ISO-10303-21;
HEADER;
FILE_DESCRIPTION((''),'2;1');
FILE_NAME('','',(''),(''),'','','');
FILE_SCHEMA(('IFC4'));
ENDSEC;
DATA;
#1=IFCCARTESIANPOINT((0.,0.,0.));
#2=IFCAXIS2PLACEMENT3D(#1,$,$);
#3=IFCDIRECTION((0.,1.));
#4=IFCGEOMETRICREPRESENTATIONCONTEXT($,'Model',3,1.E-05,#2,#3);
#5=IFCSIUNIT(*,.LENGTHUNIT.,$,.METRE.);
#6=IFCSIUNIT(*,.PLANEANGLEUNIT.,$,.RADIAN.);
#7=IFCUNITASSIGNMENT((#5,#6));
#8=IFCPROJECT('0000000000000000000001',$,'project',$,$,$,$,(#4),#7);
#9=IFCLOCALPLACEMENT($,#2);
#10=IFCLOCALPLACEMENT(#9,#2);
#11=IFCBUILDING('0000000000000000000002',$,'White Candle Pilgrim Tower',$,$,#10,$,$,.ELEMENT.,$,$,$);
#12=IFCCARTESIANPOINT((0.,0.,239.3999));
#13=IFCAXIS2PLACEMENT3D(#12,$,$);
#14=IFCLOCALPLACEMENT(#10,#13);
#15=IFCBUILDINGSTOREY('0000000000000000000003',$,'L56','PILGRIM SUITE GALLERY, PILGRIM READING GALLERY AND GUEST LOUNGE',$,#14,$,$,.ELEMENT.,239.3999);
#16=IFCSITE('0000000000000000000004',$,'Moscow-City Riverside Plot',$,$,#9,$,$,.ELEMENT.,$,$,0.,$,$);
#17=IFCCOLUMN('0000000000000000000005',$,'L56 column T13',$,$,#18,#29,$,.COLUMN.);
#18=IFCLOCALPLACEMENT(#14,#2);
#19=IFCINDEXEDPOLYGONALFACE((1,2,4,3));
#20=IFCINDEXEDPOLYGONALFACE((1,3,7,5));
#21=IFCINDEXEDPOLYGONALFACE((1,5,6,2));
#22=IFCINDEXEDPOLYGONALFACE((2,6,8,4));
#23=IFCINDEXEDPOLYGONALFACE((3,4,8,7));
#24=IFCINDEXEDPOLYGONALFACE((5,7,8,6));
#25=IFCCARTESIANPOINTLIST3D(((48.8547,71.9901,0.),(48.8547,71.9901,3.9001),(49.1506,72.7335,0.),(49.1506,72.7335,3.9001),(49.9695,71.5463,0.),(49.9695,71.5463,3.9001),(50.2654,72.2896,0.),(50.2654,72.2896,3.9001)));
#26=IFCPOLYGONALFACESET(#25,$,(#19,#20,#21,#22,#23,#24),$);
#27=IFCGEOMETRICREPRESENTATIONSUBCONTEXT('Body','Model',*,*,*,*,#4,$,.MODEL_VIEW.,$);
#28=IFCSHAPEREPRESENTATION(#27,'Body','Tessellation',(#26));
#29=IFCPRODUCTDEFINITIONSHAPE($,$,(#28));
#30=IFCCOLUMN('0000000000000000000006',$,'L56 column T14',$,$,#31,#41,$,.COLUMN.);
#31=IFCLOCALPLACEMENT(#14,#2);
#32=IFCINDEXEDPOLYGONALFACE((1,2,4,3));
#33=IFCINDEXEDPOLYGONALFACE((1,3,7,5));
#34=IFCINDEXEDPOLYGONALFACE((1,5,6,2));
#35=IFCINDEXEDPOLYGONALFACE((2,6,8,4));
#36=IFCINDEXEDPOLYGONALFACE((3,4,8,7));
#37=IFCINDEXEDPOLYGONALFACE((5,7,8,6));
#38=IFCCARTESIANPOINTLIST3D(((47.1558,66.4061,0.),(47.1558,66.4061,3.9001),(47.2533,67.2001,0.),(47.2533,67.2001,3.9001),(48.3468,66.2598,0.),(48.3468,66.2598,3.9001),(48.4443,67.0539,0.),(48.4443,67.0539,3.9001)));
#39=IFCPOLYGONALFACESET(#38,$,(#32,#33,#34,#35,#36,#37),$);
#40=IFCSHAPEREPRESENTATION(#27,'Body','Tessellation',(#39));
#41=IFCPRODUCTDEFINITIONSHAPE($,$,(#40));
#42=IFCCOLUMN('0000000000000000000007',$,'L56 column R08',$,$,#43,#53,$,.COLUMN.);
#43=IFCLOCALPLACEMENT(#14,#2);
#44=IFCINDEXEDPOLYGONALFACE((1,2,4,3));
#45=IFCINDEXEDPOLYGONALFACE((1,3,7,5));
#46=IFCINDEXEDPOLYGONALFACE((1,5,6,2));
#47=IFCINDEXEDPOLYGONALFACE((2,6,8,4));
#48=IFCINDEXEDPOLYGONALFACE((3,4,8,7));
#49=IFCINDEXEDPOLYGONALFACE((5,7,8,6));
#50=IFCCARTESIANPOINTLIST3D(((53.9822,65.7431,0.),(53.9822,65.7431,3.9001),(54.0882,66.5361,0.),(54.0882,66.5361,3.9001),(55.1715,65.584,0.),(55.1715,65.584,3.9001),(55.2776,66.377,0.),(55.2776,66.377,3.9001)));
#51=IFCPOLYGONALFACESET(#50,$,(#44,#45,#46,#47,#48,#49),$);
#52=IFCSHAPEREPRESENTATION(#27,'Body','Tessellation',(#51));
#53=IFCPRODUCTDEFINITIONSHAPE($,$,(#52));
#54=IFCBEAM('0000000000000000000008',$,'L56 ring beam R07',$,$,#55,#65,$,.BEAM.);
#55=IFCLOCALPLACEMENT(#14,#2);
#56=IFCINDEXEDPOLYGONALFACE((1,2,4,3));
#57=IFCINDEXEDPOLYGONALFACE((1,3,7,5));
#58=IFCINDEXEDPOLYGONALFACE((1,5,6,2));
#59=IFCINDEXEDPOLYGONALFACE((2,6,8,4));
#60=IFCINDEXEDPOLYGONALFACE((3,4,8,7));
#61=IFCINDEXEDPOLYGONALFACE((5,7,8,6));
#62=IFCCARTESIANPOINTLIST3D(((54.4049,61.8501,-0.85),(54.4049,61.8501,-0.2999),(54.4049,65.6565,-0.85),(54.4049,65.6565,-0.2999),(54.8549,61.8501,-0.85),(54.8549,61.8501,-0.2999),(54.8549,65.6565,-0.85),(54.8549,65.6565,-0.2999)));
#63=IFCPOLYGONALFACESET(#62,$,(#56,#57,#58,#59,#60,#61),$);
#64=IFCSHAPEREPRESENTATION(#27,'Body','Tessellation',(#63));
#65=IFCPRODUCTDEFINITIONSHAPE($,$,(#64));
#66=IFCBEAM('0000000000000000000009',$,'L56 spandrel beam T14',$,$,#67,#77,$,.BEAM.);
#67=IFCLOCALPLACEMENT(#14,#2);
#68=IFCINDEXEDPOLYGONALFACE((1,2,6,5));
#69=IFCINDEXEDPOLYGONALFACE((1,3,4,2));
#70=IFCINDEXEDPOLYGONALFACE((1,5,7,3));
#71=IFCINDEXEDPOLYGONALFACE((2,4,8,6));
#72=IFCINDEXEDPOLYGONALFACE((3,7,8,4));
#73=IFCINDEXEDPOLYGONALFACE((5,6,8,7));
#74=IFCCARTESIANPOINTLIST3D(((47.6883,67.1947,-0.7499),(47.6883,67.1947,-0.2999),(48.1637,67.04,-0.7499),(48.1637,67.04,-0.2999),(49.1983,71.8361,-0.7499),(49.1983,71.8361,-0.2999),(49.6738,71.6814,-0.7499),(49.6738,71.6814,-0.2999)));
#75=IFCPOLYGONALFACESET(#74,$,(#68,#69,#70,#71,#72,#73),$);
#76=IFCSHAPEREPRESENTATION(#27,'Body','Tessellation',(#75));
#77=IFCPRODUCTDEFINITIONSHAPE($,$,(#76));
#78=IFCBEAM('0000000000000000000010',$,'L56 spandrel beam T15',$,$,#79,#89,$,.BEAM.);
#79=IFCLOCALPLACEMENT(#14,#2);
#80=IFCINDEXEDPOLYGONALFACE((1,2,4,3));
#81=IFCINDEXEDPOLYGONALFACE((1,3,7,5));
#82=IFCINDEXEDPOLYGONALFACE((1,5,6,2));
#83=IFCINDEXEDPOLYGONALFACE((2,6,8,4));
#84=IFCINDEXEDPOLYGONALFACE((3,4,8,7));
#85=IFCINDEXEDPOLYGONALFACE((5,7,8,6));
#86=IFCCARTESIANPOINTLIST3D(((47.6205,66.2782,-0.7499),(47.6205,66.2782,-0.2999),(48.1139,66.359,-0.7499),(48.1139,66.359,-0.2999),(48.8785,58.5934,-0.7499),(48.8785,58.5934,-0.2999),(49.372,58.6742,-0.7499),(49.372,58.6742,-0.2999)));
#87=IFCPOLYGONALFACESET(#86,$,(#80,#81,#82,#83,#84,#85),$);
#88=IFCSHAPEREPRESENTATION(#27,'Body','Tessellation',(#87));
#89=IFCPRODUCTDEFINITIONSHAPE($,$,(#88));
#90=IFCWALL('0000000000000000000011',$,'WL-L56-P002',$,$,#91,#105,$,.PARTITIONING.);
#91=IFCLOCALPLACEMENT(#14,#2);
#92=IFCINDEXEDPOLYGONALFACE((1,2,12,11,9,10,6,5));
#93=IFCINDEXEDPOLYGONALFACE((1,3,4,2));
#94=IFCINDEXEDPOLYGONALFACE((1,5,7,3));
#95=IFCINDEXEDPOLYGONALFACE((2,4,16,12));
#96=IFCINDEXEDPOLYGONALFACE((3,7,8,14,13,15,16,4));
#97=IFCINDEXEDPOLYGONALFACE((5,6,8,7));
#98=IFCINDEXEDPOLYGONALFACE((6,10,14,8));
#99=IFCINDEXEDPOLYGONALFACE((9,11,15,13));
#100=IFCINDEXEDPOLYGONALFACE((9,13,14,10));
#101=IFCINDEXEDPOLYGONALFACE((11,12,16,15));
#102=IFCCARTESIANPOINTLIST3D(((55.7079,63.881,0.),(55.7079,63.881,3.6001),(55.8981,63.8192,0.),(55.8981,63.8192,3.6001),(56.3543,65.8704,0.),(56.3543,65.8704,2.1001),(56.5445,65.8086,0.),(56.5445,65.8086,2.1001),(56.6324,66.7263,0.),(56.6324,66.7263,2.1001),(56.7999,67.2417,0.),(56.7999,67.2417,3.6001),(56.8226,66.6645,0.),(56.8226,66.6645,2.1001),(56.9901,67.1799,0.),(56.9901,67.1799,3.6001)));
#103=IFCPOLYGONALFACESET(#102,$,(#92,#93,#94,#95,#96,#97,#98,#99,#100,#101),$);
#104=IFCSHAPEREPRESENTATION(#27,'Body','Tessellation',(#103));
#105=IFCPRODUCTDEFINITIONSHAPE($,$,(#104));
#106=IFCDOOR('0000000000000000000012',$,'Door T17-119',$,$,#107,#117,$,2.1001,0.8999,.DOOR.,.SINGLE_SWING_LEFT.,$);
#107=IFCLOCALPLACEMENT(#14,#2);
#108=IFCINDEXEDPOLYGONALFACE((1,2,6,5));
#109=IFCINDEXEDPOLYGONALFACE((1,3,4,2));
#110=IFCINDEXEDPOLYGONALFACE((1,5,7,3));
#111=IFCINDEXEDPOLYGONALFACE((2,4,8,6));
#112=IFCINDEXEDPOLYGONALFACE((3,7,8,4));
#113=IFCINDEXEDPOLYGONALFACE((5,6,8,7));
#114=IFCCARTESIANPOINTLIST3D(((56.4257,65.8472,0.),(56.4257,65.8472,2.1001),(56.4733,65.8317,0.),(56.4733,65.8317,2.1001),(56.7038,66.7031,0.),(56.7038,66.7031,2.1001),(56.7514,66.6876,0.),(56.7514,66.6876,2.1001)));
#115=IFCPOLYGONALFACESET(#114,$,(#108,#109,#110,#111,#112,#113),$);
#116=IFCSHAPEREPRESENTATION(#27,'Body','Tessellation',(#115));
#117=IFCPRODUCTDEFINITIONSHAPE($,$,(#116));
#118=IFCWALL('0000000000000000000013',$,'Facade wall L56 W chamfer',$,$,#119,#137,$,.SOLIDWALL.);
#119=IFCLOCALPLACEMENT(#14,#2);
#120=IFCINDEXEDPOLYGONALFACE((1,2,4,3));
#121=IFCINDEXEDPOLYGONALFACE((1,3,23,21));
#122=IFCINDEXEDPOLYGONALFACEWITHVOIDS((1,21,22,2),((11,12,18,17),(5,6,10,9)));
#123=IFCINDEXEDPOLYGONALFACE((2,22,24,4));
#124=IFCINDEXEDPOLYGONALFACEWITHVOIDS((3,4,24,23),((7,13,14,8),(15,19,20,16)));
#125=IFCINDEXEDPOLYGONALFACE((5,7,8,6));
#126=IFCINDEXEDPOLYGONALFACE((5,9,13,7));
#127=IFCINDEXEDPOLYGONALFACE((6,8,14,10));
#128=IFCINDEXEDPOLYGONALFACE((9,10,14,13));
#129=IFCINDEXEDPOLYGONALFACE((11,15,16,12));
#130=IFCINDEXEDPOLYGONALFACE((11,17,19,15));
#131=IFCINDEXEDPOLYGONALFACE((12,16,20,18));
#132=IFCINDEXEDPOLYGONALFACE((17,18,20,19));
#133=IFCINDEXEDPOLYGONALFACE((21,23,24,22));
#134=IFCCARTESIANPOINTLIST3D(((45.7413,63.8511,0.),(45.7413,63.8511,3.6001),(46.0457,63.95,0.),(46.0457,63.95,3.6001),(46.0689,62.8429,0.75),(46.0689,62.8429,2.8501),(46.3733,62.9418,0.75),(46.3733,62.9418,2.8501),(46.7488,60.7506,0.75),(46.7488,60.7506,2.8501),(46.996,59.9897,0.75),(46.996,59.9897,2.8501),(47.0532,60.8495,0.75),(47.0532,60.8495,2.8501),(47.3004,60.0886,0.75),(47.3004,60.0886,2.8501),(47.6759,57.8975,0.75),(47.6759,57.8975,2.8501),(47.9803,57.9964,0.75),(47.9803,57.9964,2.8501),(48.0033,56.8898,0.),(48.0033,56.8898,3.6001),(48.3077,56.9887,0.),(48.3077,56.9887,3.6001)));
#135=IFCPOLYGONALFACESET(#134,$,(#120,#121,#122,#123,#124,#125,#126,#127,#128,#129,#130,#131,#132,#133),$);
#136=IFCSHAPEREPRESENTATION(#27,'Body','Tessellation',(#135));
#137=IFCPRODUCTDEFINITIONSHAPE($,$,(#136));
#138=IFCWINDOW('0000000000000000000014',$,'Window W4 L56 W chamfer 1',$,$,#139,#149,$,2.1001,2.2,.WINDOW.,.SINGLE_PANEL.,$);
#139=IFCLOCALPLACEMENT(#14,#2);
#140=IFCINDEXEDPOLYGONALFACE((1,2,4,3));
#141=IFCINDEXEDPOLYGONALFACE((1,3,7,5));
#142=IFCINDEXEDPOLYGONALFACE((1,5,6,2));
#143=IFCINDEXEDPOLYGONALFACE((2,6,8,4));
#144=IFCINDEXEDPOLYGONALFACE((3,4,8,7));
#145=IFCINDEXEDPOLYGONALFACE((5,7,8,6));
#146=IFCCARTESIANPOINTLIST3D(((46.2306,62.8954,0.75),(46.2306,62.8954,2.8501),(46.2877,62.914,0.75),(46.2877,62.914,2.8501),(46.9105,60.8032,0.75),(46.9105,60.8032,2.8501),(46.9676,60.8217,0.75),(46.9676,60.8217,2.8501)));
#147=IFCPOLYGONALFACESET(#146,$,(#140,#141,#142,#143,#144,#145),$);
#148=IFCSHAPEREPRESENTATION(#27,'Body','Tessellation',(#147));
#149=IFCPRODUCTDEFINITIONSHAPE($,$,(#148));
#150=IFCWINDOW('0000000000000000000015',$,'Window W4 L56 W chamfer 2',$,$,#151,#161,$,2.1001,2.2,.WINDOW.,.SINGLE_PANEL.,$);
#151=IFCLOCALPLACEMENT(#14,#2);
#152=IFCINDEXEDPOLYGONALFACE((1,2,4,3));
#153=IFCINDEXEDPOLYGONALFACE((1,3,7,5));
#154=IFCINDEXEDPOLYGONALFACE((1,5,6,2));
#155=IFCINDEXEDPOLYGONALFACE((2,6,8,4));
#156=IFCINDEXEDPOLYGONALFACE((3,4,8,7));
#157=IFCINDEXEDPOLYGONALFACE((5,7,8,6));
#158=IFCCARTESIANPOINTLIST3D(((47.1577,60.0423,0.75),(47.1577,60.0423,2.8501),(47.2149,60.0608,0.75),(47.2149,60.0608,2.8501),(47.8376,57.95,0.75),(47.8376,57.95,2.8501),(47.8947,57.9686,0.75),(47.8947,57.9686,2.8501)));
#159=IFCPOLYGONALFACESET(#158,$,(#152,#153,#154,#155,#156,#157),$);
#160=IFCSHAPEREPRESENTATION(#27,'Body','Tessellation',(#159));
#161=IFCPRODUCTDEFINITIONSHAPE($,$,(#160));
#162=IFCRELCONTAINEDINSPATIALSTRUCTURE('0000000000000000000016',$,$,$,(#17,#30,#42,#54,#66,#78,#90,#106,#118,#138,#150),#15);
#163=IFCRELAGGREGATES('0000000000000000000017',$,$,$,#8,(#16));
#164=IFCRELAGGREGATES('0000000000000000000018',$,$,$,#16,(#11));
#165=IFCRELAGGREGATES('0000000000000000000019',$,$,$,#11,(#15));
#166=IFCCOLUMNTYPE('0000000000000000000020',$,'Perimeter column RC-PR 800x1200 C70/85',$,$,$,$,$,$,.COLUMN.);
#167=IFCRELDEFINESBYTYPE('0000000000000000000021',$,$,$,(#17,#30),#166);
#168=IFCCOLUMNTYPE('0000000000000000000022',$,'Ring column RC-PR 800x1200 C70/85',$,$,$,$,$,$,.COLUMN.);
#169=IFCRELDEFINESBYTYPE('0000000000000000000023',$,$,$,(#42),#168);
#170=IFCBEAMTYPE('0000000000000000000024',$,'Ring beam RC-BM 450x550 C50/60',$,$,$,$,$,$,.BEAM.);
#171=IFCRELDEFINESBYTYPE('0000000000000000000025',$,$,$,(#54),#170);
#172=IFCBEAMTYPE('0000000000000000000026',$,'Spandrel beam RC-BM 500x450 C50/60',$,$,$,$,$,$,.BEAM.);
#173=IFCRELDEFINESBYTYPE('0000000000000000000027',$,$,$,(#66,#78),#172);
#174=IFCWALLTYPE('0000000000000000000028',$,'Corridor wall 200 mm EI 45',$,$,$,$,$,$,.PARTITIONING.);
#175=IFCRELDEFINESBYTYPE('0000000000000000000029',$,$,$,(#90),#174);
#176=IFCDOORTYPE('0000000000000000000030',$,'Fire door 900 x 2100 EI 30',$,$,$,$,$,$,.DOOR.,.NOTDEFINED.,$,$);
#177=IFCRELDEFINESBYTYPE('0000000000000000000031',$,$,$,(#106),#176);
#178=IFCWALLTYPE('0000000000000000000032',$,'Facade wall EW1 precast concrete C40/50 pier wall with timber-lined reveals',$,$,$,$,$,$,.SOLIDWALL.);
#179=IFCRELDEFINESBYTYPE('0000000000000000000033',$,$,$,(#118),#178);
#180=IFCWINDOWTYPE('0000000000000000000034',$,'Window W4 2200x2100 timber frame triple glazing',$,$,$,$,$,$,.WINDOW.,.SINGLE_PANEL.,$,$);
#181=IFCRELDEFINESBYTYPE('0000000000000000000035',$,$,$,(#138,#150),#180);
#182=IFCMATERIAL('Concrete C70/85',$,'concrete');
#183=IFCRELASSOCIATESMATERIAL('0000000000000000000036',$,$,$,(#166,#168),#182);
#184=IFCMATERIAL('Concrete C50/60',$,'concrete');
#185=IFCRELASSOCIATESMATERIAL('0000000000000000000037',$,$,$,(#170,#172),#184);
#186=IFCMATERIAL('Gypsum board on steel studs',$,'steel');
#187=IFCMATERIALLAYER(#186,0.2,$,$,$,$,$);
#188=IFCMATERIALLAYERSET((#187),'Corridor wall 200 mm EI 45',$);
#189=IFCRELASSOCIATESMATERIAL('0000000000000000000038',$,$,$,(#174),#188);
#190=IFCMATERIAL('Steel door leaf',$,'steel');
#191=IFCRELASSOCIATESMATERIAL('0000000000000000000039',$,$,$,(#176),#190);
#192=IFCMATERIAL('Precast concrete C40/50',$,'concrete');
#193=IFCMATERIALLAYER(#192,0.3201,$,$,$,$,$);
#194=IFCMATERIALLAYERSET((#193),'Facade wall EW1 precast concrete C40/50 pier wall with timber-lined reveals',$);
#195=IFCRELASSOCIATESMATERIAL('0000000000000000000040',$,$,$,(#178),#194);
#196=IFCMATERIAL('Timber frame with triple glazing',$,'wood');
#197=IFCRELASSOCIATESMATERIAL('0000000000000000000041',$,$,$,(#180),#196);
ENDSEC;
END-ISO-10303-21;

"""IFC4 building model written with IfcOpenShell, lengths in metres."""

from ifc_helpers import new_model, si_unit, direction, frame, frame_2d, origin, origin_2d, place, context, subcontext, project, spatial, rectangle, extrude, material, layer, layer_set, material_profile, profile_set, type_object, element, fill, save


model = new_model("IFC4")

# Units and contexts
model_context = context("Model", 3, precision=1e-05, world=origin(), true_north=direction((0.0, 1.0)))
body_context = subcontext(model_context, "Body", "Model", "MODEL_VIEW")
ifc_project = project(units=[si_unit("LENGTHUNIT", "METRE"), si_unit("PLANEANGLEUNIT", "RADIAN")], contexts=[model_context])

# Site, building, storey
site_placement = place(None, origin())
site = spatial("IfcSite", under=ifc_project, at=site_placement, Name="Moscow-City Riverside Plot", CompositionType="ELEMENT", RefElevation=0.0)
building_placement = place(site_placement, origin())
building = spatial("IfcBuilding", under=site, at=building_placement, Name="White Candle Pilgrim Tower", CompositionType="ELEMENT")
storey_placement = place(building_placement, frame((0.0, 0.0, 239.3999)))
storey = spatial("IfcBuildingStorey", under=building, at=storey_placement, Name="L56", Description="PILGRIM SUITE GALLERY, PILGRIM READING GALLERY AND GUEST LOUNGE", CompositionType="ELEMENT", Elevation=239.3999)

# Columns
ifc_material_1 = material(Name="Concrete C70/85", Category="concrete")
ifc_material_profile_1 = material_profile(ifc_material_1, rectangle(XDim=0.8, YDim=1.2, at=origin_2d()), Name="RC-PR 800x1200")
ifc_profile_set_1 = profile_set([ifc_material_profile_1], Name="Concrete C70/85")
column_type_1 = type_object("IfcColumnType", Name="Perimeter column RC-PR 800x1200 C70/85", PredefinedType="COLUMN", material=ifc_profile_set_1)
for number, where, z_axis, x_axis, name in (
    (1, (49.5601, 72.1399, 0.0), (0.0, 0.0, 1.0), (0.36986, 0.929087, 0.0), "L56 column T13"),
    (2, (47.8, 66.73, 0.0), (0.0, 0.0, 1.0), (0.121869, 0.992546, 0.0), "L56 column T14"),
):
    element("IfcColumn", number, at=place(storey_placement, frame(where, z_axis=z_axis, x_axis=x_axis)), inside=storey, type_object=column_type_1, Name=name, PredefinedType="COLUMN", context=body_context, shape_type="SweptSolid", body=[
        extrude(rectangle(XDim=0.8, YDim=1.2, at=origin_2d()), origin(), (0.0, 0.0, 1.0), 3.9001),
    ])
ifc_material_profile_2 = material_profile(ifc_material_1, rectangle(XDim=0.8, YDim=1.2, at=origin_2d()), Name="RC-PR 800x1200")
ifc_profile_set_2 = profile_set([ifc_material_profile_2], Name="Concrete C70/85")
column_type_2 = type_object("IfcColumnType", Name="Ring column RC-PR 800x1200 C70/85", PredefinedType="COLUMN", material=ifc_profile_set_2)
column_placement = place(storey_placement, frame((54.6299, 66.0601, 0.0), z_axis=(0.0, 0.0, 1.0), x_axis=(0.132602, 0.991169, 0.0)))
element("IfcColumn", 3, at=column_placement, inside=storey, type_object=column_type_2, Name="L56 column R08", PredefinedType="COLUMN", context=body_context, shape_type="SweptSolid", body=[
    extrude(rectangle(XDim=0.8, YDim=1.2, at=origin_2d()), origin(), (0.0, 0.0, 1.0), 3.9001),
])

# Beams
ifc_material_2 = material(Name="Concrete C50/60", Category="concrete")
ifc_material_profile_3 = material_profile(ifc_material_2, rectangle(XDim=0.45, YDim=0.55, at=origin_2d()), Name="RC-BM 450x550")
ifc_profile_set_3 = profile_set([ifc_material_profile_3], Name="Concrete C50/60")
beam_type_1 = type_object("IfcBeamType", Name="Ring beam RC-BM 450x550 C50/60", PredefinedType="BEAM", material=ifc_profile_set_3)
beam_1_placement = place(storey_placement, frame((54.6299, 65.6565, -0.575), z_axis=(0.0, -1.0, 0.0), x_axis=(1.0, 0.0, 0.0)))
element("IfcBeam", 4, at=beam_1_placement, inside=storey, type_object=beam_type_1, Name="L56 ring beam R07", PredefinedType="BEAM", context=body_context, shape_type="SweptSolid", body=[
    extrude(rectangle(XDim=0.45, YDim=0.55, at=origin_2d()), origin(), (0.0, 0.0, 1.0), 3.8064),
])
ifc_material_profile_4 = material_profile(ifc_material_2, rectangle(XDim=0.5, YDim=0.45, at=origin_2d()), Name="RC-BM 500x450")
ifc_profile_set_4 = profile_set([ifc_material_profile_4], Name="Concrete C50/60")
beam_type_2 = type_object("IfcBeamType", Name="Spandrel beam RC-BM 500x450 C50/60", PredefinedType="BEAM", material=ifc_profile_set_4)
beam_2_placement = place(storey_placement, frame((49.436, 71.7588, -0.5249), z_axis=(-0.309377, -0.95094, 0.0), x_axis=(0.95094, -0.309377, 0.0)))
element("IfcBeam", 5, at=beam_2_placement, inside=storey, type_object=beam_type_2, Name="L56 spandrel beam T14", PredefinedType="BEAM", context=body_context, shape_type="SweptSolid", body=[
    extrude(rectangle(XDim=0.5, YDim=0.45, at=origin_2d()), origin(), (0.0, 0.0, 1.0), 4.8809),
])
beam_3_placement = place(storey_placement, frame((47.8672, 66.3186, -0.5249), z_axis=(0.161556, -0.986863, 0.0), x_axis=(0.986863, 0.161556, 0.0)))
element("IfcBeam", 6, at=beam_3_placement, inside=storey, type_object=beam_type_2, Name="L56 spandrel beam T15", PredefinedType="BEAM", context=body_context, shape_type="SweptSolid", body=[
    extrude(rectangle(XDim=0.5, YDim=0.45, at=origin_2d()), origin(), (0.0, 0.0, 1.0), 7.7871),
])

# Wall, opening, door
ifc_material_3 = material(Name="Gypsum board on steel studs", Category="steel")
ifc_layer_1 = layer(ifc_material_3, 0.2)
ifc_layer_set_1 = layer_set([ifc_layer_1], Name="Corridor wall 200 mm EI 45")
wall_type_1 = type_object("IfcWallType", Name="Corridor wall 200 mm EI 45", PredefinedType="PARTITIONING", material=ifc_layer_set_1)
wall_1_placement = place(storey_placement, frame((55.803, 63.8501, 0.0), z_axis=(0.0, 0.0, 1.0), x_axis=(0.309027, 0.951053, 0.0)))
wall_1 = element("IfcWall", 7, at=wall_1_placement, inside=storey, type_object=wall_type_1, Name="WL-L56-P002", PredefinedType="PARTITIONING", context=body_context, shape_type="SweptSolid", body=[
    extrude(rectangle(XDim=3.5337, YDim=0.2, at=frame_2d((1.7668, 0.0))), origin(), (0.0, 0.0, 1.0), 3.6001),
])
opening_1_placement = place(wall_1_placement, frame((2.0918, 0.0, 0.0)))
opening_1 = element("IfcOpeningElement", 8, at=opening_1_placement, cuts=wall_1, PredefinedType="OPENING", context=body_context, shape_type="SweptSolid", body=[
    extrude(rectangle(XDim=0.8999, YDim=2.1001, at=frame_2d((0.45, 1.05))), frame((0.0, 0.1099, 0.0), z_axis=(0.0, -1.0, 0.0), x_axis=(1.0, 0.0, 0.0)), (0.0, 0.0, 1.0), 0.22),
])
ifc_material_4 = material(Name="Steel door leaf", Category="steel")
door_type_1 = type_object("IfcDoorType", Name="Fire door 900 x 2100 EI 30", OperationType="NOTDEFINED", PredefinedType="DOOR", material=ifc_material_4)
door_1_placement = place(opening_1_placement, origin())
door_1 = element("IfcDoor", 9, at=door_1_placement, inside=storey, type_object=door_type_1, Name="Door T17-119", OperationType="SINGLE_SWING_LEFT", OverallHeight=2.1001, OverallWidth=0.8999, PredefinedType="DOOR", context=body_context, shape_type="SweptSolid", body=[
    extrude(rectangle(XDim=0.8999, YDim=2.1001, at=frame_2d((0.45, 1.05))), frame((0.0, 0.0249, 0.0), z_axis=(0.0, -1.0, 0.0), x_axis=(1.0, 0.0, 0.0)), (0.0, 0.0, 1.0), 0.05),
])
fill(opening_1, door_1)

# Wall, openings, windows
ifc_material_5 = material(Name="Precast concrete C40/50", Category="concrete")
ifc_layer_2 = layer(ifc_material_5, 0.3201)
ifc_layer_set_2 = layer_set([ifc_layer_2], Name="Facade wall EW1 precast concrete C40/50 pier wall with timber-lined reveals")
wall_type_2 = type_object("IfcWallType", Name="Facade wall EW1 precast concrete C40/50 pier wall with timber-lined reveals", PredefinedType="SOLIDWALL", material=ifc_layer_set_2)
wall_2_placement = place(storey_placement, frame((45.8936, 63.9004, 0.0), z_axis=(0.0, 0.0, 1.0), x_axis=(0.309034, -0.951051, 0.0)))
wall_2 = element("IfcWall", 10, at=wall_2_placement, inside=storey, type_object=wall_type_2, Name="Facade wall L56 W chamfer", PredefinedType="SOLIDWALL", context=body_context, shape_type="SweptSolid", body=[
    extrude(rectangle(XDim=7.3196, YDim=0.3201, at=frame_2d((3.6597, 0.0))), origin(), (0.0, 0.0, 1.0), 3.6001),
])
opening_2_placement = place(wall_2_placement, frame((1.0598, 0.0, 0.75)))
opening_2 = element("IfcOpeningElement", 11, at=opening_2_placement, cuts=wall_2, PredefinedType="OPENING", context=body_context, shape_type="SweptSolid", body=[
    extrude(rectangle(XDim=2.2, YDim=2.1001, at=frame_2d((1.1001, 1.05))), frame((0.0, 0.1699, 0.0), z_axis=(0.0, -1.0, 0.0), x_axis=(1.0, 0.0, 0.0)), (0.0, 0.0, 1.0), 0.3401),
])
opening_3_placement = place(wall_2_placement, frame((4.0598, 0.0, 0.75)))
opening_3 = element("IfcOpeningElement", 12, at=opening_3_placement, cuts=wall_2, PredefinedType="OPENING", context=body_context, shape_type="SweptSolid", body=[
    extrude(rectangle(XDim=2.2, YDim=2.1001, at=frame_2d((1.1001, 1.05))), frame((0.0, 0.1699, 0.0), z_axis=(0.0, -1.0, 0.0), x_axis=(1.0, 0.0, 0.0)), (0.0, 0.0, 1.0), 0.3401),
])
ifc_material_6 = material(Name="Timber frame with triple glazing", Category="wood")
window_type = type_object("IfcWindowType", Name="Window W4 2200x2100 timber frame triple glazing", PartitioningType="SINGLE_PANEL", PredefinedType="WINDOW", material=ifc_material_6)
window_1_placement = place(opening_2_placement, origin())
window_1 = element("IfcWindow", 13, at=window_1_placement, inside=storey, type_object=window_type, Name="Window W4 L56 W chamfer 1", OverallHeight=2.1001, OverallWidth=2.2, PartitioningType="SINGLE_PANEL", PredefinedType="WINDOW", context=body_context, shape_type="SweptSolid", body=[
    extrude(rectangle(XDim=2.2, YDim=2.1001, at=frame_2d((1.1001, 1.05))), frame((0.0, 0.0701, 0.0), z_axis=(0.0, -1.0, 0.0), x_axis=(1.0, 0.0, 0.0)), (0.0, 0.0, 1.0), 0.0601),
])
fill(opening_2, window_1)
window_2_placement = place(opening_3_placement, origin())
window_2 = element("IfcWindow", 14, at=window_2_placement, inside=storey, type_object=window_type, Name="Window W4 L56 W chamfer 2", OverallHeight=2.1001, OverallWidth=2.2, PartitioningType="SINGLE_PANEL", PredefinedType="WINDOW", context=body_context, shape_type="SweptSolid", body=[
    extrude(rectangle(XDim=2.2, YDim=2.1001, at=frame_2d((1.1001, 1.05))), frame((0.0, 0.0701, 0.0), z_axis=(0.0, -1.0, 0.0), x_axis=(1.0, 0.0, 0.0)), (0.0, 0.0, 1.0), 0.0601),
])
fill(opening_3, window_2)

save(model, "model.ifc")
